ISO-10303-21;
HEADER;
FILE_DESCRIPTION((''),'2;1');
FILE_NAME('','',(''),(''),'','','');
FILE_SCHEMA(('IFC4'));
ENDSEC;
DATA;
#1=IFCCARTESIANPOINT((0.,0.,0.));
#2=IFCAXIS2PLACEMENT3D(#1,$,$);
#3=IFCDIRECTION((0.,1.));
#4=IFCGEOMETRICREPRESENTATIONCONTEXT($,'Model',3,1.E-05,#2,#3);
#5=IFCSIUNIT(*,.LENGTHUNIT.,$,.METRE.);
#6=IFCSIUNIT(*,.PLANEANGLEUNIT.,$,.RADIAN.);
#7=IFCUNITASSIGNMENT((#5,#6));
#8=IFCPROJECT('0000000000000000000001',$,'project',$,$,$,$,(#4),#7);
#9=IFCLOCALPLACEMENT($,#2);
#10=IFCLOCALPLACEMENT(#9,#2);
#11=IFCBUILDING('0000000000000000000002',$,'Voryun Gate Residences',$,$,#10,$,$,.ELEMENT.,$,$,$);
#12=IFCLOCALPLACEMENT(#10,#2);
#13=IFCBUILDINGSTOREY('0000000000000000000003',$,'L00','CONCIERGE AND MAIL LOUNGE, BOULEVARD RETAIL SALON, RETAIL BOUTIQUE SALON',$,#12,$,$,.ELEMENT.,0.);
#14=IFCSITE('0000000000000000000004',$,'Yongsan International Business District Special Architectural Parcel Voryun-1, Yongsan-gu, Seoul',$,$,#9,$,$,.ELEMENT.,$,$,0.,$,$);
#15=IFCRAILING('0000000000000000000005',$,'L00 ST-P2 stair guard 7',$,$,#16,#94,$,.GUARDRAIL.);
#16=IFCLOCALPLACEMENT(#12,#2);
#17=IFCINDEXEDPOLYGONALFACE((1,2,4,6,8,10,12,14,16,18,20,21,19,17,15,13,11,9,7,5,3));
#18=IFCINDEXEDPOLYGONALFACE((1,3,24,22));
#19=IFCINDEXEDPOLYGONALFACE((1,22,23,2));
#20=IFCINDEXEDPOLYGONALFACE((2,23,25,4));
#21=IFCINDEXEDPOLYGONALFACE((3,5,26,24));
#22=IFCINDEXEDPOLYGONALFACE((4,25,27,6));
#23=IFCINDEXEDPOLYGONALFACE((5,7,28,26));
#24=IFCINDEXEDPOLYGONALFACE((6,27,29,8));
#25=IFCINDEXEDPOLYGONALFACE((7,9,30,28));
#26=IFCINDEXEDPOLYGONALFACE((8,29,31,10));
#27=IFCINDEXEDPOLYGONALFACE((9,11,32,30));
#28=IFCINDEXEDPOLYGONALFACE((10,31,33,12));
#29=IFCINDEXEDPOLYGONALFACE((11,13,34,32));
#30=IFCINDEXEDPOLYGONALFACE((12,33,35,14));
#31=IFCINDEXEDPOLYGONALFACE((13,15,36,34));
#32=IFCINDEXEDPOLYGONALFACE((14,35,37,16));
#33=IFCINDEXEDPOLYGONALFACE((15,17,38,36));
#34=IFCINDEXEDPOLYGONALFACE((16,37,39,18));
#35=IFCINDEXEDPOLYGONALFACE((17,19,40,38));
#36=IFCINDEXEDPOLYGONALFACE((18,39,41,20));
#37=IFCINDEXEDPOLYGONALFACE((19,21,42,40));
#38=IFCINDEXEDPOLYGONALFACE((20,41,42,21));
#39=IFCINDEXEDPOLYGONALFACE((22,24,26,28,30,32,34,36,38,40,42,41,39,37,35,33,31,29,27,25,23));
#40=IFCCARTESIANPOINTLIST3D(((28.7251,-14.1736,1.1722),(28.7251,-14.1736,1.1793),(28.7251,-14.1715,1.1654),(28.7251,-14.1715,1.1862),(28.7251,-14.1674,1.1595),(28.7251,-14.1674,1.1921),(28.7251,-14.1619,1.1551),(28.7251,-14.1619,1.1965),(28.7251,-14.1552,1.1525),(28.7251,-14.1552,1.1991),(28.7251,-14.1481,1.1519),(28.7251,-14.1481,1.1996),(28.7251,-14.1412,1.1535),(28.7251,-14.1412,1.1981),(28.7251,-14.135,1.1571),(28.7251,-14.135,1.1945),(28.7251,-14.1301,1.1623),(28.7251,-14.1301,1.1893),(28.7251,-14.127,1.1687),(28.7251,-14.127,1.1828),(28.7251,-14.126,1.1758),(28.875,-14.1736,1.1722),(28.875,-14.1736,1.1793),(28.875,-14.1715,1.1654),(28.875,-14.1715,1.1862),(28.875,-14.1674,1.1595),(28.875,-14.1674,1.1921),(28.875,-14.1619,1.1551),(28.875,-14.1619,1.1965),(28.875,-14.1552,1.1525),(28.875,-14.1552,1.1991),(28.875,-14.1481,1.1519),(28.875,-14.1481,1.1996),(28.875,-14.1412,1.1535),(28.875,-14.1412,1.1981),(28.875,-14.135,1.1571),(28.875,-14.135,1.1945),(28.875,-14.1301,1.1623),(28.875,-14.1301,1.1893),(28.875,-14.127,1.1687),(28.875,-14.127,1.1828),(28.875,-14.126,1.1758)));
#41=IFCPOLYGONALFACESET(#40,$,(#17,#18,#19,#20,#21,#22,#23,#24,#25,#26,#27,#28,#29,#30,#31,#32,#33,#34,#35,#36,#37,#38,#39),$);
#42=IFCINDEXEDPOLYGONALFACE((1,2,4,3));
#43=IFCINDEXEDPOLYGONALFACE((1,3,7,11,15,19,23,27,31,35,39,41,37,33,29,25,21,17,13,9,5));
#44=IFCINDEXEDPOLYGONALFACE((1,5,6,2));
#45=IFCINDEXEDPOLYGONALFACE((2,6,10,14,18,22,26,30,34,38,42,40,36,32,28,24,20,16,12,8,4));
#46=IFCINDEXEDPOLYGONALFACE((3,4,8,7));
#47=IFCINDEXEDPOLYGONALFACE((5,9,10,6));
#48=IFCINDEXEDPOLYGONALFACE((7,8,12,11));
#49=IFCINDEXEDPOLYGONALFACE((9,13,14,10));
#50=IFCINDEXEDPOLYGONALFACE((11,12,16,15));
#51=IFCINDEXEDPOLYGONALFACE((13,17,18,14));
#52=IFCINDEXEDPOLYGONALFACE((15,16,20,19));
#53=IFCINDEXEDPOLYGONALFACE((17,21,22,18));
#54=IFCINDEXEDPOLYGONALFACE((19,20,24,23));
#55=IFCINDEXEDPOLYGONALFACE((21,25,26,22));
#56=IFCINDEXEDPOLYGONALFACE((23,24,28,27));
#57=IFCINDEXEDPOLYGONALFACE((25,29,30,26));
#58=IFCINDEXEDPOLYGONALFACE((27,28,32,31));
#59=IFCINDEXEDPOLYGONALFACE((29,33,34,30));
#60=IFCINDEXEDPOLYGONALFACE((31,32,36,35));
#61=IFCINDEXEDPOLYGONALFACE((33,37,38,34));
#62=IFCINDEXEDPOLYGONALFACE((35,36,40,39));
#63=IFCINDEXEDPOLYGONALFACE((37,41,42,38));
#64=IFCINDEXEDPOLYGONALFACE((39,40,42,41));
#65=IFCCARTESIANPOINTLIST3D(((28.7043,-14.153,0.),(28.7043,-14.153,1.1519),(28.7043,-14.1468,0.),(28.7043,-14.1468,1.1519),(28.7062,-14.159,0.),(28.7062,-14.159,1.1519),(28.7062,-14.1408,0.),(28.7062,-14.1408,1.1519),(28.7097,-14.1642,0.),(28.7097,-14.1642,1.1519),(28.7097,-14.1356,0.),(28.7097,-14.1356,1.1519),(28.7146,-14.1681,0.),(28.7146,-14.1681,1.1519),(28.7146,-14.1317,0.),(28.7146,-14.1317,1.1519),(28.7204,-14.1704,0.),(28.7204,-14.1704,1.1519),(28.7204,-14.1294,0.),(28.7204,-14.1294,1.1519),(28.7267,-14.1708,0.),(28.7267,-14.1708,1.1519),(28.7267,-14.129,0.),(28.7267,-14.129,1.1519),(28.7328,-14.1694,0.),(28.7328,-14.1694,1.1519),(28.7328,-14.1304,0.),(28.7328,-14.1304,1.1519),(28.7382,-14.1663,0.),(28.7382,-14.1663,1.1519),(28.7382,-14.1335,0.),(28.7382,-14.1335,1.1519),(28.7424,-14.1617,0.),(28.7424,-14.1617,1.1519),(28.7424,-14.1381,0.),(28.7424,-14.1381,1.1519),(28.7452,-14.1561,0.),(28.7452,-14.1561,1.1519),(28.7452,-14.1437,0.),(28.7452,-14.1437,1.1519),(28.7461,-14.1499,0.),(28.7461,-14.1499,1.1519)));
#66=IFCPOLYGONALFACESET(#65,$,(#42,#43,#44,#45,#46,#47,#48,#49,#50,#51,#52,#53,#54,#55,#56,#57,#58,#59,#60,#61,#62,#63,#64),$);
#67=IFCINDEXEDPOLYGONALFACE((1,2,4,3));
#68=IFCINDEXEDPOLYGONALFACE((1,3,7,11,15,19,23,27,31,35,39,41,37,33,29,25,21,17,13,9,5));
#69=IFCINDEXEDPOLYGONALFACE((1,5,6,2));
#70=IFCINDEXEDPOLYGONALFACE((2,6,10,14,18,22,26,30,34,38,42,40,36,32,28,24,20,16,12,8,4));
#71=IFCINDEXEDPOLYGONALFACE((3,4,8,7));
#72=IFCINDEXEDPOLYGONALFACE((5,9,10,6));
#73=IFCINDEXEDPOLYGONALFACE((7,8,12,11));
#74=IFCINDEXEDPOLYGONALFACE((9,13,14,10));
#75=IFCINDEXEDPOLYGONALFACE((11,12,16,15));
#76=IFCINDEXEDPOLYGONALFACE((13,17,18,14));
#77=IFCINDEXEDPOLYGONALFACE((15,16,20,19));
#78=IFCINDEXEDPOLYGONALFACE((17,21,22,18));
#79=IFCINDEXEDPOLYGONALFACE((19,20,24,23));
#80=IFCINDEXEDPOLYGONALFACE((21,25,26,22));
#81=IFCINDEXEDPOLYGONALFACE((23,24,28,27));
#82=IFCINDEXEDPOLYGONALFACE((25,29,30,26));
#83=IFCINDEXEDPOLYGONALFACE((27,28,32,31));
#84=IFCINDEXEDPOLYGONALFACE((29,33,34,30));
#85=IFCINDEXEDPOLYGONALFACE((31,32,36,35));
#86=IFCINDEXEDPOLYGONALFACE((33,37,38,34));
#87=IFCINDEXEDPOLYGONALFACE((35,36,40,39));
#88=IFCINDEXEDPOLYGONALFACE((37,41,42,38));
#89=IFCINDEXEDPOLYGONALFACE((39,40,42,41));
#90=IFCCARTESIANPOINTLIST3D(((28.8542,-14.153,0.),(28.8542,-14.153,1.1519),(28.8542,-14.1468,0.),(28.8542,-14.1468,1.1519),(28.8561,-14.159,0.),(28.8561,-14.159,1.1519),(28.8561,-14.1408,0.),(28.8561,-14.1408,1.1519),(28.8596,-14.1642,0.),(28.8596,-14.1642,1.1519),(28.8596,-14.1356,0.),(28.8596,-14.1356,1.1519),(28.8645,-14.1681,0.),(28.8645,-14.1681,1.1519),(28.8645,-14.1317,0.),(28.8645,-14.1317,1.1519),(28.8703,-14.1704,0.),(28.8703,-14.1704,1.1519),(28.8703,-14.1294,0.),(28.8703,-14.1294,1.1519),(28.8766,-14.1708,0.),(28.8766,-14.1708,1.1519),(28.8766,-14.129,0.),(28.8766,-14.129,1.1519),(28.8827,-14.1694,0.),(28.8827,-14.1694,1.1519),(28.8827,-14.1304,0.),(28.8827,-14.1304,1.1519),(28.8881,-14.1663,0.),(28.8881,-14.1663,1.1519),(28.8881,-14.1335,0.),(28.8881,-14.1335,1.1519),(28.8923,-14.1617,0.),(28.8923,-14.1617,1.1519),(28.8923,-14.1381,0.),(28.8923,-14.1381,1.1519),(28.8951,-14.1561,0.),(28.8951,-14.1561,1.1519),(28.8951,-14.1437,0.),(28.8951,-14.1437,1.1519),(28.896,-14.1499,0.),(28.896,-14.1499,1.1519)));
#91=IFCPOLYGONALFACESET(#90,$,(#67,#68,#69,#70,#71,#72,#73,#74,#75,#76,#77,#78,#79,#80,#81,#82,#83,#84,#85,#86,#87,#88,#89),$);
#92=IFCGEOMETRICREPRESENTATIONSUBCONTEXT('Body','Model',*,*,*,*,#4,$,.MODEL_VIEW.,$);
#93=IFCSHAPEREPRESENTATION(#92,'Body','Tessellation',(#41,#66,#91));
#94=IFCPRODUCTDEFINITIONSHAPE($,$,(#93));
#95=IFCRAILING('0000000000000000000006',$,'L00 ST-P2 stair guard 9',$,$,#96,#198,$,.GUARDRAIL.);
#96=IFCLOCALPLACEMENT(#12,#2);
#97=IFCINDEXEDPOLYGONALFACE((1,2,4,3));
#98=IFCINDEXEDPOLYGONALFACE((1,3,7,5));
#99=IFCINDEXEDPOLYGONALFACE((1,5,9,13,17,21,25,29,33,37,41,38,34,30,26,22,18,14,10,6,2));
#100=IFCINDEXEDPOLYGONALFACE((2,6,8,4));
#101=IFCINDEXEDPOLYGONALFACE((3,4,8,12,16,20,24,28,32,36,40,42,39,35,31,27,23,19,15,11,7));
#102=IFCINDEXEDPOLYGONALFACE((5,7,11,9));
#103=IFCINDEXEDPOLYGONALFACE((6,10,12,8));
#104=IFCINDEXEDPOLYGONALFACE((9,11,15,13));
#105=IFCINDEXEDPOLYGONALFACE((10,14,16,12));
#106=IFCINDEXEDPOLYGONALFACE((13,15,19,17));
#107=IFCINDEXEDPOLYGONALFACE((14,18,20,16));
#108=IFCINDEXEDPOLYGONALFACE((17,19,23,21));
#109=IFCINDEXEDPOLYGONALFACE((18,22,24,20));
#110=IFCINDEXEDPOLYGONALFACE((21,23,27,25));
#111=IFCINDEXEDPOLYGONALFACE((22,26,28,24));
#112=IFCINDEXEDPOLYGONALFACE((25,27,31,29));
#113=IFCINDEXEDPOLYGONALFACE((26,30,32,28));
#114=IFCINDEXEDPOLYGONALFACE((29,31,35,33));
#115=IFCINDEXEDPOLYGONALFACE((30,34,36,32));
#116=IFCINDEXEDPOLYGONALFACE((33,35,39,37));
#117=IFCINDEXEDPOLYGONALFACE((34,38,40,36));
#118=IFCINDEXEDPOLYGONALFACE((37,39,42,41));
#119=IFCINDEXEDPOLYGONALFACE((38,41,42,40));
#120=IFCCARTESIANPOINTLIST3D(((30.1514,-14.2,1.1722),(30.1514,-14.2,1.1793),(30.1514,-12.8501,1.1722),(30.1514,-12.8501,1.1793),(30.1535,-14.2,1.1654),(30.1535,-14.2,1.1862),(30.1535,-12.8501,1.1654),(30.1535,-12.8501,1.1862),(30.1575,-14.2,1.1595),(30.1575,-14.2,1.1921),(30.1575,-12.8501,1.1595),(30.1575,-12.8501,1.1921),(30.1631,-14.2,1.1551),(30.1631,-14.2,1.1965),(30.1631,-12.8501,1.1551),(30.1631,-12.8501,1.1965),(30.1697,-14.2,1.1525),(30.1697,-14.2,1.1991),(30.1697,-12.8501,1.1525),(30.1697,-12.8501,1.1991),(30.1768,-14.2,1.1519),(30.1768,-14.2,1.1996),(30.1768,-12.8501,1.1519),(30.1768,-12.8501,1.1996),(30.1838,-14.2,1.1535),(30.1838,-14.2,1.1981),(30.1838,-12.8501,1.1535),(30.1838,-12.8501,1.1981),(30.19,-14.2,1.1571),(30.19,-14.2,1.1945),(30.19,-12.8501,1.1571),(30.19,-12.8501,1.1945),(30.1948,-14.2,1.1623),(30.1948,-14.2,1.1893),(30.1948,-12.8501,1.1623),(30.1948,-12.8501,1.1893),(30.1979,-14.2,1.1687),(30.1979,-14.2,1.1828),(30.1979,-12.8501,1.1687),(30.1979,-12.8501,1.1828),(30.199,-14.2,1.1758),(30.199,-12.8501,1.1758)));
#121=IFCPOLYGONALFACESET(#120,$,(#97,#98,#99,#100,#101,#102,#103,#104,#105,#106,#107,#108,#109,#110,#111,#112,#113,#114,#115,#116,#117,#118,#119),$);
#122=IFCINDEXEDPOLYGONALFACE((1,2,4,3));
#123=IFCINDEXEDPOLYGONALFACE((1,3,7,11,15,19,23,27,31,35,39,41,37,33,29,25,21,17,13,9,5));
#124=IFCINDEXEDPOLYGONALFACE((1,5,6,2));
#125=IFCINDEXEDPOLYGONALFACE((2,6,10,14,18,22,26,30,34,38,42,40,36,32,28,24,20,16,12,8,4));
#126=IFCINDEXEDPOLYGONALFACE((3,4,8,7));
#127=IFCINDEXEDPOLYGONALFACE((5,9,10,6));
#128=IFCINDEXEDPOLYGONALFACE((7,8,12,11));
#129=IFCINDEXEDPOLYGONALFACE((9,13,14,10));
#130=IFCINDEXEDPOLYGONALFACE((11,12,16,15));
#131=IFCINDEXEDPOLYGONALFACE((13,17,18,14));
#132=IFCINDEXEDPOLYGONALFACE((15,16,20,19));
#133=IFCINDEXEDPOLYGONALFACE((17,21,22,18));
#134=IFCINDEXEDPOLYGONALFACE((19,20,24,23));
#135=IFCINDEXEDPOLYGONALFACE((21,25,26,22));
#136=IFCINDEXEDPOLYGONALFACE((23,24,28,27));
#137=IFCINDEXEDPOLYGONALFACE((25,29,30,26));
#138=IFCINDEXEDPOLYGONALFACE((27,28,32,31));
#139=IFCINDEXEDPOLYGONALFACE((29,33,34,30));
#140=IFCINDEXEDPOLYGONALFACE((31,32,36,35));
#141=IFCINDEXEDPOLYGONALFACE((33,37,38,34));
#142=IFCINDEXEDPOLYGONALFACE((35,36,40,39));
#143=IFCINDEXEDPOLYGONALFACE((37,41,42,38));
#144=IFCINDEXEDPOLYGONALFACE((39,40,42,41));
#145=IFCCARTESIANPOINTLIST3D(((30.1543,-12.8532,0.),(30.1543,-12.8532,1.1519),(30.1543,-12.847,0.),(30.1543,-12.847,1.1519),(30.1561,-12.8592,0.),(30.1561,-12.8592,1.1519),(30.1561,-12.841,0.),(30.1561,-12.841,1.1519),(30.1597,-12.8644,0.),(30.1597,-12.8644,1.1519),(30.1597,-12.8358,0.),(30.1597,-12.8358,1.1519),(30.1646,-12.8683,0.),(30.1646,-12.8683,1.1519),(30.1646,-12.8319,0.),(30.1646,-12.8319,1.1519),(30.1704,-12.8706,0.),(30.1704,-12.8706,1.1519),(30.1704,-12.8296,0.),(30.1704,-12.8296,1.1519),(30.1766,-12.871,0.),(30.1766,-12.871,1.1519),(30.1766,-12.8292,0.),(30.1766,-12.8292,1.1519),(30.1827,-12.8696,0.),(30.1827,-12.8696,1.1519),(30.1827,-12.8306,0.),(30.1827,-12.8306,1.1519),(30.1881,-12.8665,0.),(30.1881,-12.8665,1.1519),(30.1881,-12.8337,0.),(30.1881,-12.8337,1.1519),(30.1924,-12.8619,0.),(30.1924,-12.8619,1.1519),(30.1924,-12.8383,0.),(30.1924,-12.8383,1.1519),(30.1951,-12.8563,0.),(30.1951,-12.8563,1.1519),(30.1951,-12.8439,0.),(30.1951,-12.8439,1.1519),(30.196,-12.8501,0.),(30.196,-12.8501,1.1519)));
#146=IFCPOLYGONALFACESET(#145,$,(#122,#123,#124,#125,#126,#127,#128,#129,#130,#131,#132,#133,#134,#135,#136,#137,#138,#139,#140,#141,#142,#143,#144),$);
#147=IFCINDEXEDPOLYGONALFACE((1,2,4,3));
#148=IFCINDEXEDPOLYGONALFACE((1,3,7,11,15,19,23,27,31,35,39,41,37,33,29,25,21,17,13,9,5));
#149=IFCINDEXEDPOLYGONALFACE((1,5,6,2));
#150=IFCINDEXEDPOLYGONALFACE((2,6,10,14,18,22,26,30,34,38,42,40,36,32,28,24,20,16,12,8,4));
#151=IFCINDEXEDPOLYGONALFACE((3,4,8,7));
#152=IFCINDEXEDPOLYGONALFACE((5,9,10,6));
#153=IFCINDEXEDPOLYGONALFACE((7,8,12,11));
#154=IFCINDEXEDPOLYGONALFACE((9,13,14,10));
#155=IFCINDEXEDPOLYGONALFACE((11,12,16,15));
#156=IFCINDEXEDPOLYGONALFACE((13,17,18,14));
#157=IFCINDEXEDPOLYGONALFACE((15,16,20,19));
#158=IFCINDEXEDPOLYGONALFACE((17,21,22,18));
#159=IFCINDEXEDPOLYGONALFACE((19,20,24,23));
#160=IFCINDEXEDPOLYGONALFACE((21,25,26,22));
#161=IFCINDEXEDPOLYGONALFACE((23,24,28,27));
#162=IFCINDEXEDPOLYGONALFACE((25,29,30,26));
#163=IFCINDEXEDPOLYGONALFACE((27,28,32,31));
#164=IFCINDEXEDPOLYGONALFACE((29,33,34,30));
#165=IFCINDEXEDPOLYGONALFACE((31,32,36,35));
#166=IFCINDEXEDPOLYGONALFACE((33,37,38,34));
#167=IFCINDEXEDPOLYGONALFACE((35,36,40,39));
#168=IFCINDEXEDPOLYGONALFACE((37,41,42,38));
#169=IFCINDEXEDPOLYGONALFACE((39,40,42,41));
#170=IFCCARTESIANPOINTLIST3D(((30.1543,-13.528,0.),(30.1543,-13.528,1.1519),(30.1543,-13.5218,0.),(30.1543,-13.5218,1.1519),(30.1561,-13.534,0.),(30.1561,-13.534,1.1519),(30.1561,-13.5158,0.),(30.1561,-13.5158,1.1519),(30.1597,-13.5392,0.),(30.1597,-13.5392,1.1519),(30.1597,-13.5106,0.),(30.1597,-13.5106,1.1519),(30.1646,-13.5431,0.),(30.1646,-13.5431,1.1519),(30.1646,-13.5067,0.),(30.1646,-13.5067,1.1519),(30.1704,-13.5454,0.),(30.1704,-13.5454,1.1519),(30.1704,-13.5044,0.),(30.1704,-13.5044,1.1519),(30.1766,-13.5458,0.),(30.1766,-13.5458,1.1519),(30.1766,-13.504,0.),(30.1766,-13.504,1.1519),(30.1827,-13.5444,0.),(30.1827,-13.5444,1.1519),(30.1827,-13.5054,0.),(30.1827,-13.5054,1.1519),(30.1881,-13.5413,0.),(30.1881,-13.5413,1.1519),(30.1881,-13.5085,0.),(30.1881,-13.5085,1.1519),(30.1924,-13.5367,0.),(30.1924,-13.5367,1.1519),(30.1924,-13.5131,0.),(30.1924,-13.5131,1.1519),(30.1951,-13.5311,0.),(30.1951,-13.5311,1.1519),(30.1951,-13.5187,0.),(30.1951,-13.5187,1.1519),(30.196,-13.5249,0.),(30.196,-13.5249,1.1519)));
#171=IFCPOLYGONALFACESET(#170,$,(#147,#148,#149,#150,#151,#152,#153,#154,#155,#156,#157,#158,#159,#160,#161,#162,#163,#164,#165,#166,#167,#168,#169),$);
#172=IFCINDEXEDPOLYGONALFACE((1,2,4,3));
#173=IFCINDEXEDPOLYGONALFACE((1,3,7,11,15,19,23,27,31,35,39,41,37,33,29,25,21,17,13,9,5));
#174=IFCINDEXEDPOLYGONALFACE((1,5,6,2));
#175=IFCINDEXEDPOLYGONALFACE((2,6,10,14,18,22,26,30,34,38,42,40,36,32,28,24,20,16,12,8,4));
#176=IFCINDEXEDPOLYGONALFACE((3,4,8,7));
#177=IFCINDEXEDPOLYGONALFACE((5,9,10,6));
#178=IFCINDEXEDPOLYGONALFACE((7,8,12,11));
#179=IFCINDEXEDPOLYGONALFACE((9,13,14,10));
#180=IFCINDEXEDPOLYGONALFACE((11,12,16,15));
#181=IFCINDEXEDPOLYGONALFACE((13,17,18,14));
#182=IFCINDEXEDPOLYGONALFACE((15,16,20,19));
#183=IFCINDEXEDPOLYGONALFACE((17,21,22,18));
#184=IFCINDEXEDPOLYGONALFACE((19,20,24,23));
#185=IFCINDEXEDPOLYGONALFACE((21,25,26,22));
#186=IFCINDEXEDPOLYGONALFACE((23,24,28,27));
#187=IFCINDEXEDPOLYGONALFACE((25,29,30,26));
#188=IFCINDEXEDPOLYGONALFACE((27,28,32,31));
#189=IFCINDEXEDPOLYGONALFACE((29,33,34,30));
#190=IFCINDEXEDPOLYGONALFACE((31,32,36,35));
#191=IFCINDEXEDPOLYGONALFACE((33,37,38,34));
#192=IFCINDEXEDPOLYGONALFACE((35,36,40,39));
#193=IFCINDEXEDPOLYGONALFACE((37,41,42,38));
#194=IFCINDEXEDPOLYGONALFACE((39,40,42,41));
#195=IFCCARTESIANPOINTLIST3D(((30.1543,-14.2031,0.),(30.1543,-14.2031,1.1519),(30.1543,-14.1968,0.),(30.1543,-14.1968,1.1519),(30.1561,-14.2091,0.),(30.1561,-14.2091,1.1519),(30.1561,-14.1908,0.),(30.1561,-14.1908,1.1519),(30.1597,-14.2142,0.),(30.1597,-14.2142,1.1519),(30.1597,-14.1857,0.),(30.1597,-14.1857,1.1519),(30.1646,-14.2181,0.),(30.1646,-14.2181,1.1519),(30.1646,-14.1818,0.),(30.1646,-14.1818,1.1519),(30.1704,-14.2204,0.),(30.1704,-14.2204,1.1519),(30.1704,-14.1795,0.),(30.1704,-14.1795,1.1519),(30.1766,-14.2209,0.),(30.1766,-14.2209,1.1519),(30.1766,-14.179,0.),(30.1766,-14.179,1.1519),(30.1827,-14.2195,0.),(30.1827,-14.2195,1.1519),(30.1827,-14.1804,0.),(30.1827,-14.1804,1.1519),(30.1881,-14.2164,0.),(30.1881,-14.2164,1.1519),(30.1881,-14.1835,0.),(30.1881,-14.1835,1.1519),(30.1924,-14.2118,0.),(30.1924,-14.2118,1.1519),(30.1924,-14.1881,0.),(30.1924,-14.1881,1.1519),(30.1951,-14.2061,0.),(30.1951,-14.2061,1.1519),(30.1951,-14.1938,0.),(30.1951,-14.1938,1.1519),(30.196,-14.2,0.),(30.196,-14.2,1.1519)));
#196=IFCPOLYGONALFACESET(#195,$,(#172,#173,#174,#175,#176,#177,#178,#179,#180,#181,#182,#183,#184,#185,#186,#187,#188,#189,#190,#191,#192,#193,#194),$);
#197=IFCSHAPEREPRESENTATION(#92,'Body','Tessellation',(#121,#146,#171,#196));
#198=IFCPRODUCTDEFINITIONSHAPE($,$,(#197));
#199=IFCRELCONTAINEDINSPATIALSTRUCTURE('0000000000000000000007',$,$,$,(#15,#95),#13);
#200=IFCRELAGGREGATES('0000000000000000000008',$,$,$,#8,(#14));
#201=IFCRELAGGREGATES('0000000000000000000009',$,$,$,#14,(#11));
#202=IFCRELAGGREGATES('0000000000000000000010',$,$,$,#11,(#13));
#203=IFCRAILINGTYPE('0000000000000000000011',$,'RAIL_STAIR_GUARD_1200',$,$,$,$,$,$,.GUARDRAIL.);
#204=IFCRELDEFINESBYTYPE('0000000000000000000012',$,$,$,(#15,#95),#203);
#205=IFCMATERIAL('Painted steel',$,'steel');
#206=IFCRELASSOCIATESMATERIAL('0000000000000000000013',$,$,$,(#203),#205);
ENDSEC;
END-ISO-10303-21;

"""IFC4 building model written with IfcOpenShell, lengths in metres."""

from ifc_helpers import new_model, si_unit, direction, frame, origin, origin_2d, place, context, subcontext, project, spatial, circle, extrude, material, type_object, element, save


model = new_model("IFC4")

# Units and contexts
model_context = context("Model", 3, precision=1e-05, world=origin(), true_north=direction((0.0, 1.0)))
body_context = subcontext(model_context, "Body", "Model", "MODEL_VIEW")
ifc_project = project(units=[si_unit("LENGTHUNIT", "METRE"), si_unit("PLANEANGLEUNIT", "RADIAN")], contexts=[model_context])

# Site, building, storey
site_placement = place(None, origin())
site = spatial("IfcSite", under=ifc_project, at=site_placement, Name="Yongsan International Business District Special Architectural Parcel Voryun-1, Yongsan-gu, Seoul", CompositionType="ELEMENT", RefElevation=0.0)
building_placement = place(site_placement, origin())
building = spatial("IfcBuilding", under=site, at=building_placement, Name="Voryun Gate Residences", CompositionType="ELEMENT")
storey_placement = place(building_placement, origin())
storey = spatial("IfcBuildingStorey", under=building, at=storey_placement, Name="L00", Description="CONCIERGE AND MAIL LOUNGE, BOULEVARD RETAIL SALON, RETAIL BOUTIQUE SALON", CompositionType="ELEMENT", Elevation=0.0)

# Railings
ifc_material_1 = material(Name="Painted steel", Category="steel")
railing_type_1 = type_object("IfcRailingType", Name="RAIL_STAIR_GUARD_1200", PredefinedType="GUARDRAIL", material=ifc_material_1)
railing_1_placement = place(storey_placement, frame((28.7251, -14.1499, 0.0)))
element("IfcRailing", 1, at=railing_1_placement, inside=storey, type_object=railing_type_1, Name="L00 ST-P2 stair guard 7", PredefinedType="GUARDRAIL", context=body_context, shape_type="SweptSolid", body=[
    extrude(circle(Radius=0.0239, at=origin_2d()), frame((0.0, 0.0, 1.1758), z_axis=(1.0, 0.0, 0.0), x_axis=(0.0, 1.0, 0.0)), (0.0, 0.0, 1.0), 0.1499),
    extrude(circle(Radius=0.021, at=origin_2d()), origin(), (0.0, 0.0, 1.0), 1.1519),
    extrude(circle(Radius=0.021, at=origin_2d()), frame((0.1499, 0.0, 0.0)), (0.0, 0.0, 1.0), 1.1519),
])
railing_2_placement = place(storey_placement, frame((30.175, -12.8501, 0.0)))
element("IfcRailing", 2, at=railing_2_placement, inside=storey, type_object=railing_type_1, Name="L00 ST-P2 stair guard 9", PredefinedType="GUARDRAIL", context=body_context, shape_type="SweptSolid", body=[
    extrude(circle(Radius=0.0239, at=origin_2d()), frame((0.0, 0.0, 1.1758), z_axis=(0.0, -1.0, 0.0), x_axis=(1.0, 0.0, 0.0)), (0.0, 0.0, 1.0), 1.3499),
    extrude(circle(Radius=0.021, at=origin_2d()), origin(), (0.0, 0.0, 1.0), 1.1519),
    extrude(circle(Radius=0.021, at=origin_2d()), frame((0.0, -0.6748, 0.0)), (0.0, 0.0, 1.0), 1.1519),
    extrude(circle(Radius=0.021, at=origin_2d()), frame((0.0, -1.3499, 0.0)), (0.0, 0.0, 1.0), 1.1519),
])

save(model, "model.ifc")
